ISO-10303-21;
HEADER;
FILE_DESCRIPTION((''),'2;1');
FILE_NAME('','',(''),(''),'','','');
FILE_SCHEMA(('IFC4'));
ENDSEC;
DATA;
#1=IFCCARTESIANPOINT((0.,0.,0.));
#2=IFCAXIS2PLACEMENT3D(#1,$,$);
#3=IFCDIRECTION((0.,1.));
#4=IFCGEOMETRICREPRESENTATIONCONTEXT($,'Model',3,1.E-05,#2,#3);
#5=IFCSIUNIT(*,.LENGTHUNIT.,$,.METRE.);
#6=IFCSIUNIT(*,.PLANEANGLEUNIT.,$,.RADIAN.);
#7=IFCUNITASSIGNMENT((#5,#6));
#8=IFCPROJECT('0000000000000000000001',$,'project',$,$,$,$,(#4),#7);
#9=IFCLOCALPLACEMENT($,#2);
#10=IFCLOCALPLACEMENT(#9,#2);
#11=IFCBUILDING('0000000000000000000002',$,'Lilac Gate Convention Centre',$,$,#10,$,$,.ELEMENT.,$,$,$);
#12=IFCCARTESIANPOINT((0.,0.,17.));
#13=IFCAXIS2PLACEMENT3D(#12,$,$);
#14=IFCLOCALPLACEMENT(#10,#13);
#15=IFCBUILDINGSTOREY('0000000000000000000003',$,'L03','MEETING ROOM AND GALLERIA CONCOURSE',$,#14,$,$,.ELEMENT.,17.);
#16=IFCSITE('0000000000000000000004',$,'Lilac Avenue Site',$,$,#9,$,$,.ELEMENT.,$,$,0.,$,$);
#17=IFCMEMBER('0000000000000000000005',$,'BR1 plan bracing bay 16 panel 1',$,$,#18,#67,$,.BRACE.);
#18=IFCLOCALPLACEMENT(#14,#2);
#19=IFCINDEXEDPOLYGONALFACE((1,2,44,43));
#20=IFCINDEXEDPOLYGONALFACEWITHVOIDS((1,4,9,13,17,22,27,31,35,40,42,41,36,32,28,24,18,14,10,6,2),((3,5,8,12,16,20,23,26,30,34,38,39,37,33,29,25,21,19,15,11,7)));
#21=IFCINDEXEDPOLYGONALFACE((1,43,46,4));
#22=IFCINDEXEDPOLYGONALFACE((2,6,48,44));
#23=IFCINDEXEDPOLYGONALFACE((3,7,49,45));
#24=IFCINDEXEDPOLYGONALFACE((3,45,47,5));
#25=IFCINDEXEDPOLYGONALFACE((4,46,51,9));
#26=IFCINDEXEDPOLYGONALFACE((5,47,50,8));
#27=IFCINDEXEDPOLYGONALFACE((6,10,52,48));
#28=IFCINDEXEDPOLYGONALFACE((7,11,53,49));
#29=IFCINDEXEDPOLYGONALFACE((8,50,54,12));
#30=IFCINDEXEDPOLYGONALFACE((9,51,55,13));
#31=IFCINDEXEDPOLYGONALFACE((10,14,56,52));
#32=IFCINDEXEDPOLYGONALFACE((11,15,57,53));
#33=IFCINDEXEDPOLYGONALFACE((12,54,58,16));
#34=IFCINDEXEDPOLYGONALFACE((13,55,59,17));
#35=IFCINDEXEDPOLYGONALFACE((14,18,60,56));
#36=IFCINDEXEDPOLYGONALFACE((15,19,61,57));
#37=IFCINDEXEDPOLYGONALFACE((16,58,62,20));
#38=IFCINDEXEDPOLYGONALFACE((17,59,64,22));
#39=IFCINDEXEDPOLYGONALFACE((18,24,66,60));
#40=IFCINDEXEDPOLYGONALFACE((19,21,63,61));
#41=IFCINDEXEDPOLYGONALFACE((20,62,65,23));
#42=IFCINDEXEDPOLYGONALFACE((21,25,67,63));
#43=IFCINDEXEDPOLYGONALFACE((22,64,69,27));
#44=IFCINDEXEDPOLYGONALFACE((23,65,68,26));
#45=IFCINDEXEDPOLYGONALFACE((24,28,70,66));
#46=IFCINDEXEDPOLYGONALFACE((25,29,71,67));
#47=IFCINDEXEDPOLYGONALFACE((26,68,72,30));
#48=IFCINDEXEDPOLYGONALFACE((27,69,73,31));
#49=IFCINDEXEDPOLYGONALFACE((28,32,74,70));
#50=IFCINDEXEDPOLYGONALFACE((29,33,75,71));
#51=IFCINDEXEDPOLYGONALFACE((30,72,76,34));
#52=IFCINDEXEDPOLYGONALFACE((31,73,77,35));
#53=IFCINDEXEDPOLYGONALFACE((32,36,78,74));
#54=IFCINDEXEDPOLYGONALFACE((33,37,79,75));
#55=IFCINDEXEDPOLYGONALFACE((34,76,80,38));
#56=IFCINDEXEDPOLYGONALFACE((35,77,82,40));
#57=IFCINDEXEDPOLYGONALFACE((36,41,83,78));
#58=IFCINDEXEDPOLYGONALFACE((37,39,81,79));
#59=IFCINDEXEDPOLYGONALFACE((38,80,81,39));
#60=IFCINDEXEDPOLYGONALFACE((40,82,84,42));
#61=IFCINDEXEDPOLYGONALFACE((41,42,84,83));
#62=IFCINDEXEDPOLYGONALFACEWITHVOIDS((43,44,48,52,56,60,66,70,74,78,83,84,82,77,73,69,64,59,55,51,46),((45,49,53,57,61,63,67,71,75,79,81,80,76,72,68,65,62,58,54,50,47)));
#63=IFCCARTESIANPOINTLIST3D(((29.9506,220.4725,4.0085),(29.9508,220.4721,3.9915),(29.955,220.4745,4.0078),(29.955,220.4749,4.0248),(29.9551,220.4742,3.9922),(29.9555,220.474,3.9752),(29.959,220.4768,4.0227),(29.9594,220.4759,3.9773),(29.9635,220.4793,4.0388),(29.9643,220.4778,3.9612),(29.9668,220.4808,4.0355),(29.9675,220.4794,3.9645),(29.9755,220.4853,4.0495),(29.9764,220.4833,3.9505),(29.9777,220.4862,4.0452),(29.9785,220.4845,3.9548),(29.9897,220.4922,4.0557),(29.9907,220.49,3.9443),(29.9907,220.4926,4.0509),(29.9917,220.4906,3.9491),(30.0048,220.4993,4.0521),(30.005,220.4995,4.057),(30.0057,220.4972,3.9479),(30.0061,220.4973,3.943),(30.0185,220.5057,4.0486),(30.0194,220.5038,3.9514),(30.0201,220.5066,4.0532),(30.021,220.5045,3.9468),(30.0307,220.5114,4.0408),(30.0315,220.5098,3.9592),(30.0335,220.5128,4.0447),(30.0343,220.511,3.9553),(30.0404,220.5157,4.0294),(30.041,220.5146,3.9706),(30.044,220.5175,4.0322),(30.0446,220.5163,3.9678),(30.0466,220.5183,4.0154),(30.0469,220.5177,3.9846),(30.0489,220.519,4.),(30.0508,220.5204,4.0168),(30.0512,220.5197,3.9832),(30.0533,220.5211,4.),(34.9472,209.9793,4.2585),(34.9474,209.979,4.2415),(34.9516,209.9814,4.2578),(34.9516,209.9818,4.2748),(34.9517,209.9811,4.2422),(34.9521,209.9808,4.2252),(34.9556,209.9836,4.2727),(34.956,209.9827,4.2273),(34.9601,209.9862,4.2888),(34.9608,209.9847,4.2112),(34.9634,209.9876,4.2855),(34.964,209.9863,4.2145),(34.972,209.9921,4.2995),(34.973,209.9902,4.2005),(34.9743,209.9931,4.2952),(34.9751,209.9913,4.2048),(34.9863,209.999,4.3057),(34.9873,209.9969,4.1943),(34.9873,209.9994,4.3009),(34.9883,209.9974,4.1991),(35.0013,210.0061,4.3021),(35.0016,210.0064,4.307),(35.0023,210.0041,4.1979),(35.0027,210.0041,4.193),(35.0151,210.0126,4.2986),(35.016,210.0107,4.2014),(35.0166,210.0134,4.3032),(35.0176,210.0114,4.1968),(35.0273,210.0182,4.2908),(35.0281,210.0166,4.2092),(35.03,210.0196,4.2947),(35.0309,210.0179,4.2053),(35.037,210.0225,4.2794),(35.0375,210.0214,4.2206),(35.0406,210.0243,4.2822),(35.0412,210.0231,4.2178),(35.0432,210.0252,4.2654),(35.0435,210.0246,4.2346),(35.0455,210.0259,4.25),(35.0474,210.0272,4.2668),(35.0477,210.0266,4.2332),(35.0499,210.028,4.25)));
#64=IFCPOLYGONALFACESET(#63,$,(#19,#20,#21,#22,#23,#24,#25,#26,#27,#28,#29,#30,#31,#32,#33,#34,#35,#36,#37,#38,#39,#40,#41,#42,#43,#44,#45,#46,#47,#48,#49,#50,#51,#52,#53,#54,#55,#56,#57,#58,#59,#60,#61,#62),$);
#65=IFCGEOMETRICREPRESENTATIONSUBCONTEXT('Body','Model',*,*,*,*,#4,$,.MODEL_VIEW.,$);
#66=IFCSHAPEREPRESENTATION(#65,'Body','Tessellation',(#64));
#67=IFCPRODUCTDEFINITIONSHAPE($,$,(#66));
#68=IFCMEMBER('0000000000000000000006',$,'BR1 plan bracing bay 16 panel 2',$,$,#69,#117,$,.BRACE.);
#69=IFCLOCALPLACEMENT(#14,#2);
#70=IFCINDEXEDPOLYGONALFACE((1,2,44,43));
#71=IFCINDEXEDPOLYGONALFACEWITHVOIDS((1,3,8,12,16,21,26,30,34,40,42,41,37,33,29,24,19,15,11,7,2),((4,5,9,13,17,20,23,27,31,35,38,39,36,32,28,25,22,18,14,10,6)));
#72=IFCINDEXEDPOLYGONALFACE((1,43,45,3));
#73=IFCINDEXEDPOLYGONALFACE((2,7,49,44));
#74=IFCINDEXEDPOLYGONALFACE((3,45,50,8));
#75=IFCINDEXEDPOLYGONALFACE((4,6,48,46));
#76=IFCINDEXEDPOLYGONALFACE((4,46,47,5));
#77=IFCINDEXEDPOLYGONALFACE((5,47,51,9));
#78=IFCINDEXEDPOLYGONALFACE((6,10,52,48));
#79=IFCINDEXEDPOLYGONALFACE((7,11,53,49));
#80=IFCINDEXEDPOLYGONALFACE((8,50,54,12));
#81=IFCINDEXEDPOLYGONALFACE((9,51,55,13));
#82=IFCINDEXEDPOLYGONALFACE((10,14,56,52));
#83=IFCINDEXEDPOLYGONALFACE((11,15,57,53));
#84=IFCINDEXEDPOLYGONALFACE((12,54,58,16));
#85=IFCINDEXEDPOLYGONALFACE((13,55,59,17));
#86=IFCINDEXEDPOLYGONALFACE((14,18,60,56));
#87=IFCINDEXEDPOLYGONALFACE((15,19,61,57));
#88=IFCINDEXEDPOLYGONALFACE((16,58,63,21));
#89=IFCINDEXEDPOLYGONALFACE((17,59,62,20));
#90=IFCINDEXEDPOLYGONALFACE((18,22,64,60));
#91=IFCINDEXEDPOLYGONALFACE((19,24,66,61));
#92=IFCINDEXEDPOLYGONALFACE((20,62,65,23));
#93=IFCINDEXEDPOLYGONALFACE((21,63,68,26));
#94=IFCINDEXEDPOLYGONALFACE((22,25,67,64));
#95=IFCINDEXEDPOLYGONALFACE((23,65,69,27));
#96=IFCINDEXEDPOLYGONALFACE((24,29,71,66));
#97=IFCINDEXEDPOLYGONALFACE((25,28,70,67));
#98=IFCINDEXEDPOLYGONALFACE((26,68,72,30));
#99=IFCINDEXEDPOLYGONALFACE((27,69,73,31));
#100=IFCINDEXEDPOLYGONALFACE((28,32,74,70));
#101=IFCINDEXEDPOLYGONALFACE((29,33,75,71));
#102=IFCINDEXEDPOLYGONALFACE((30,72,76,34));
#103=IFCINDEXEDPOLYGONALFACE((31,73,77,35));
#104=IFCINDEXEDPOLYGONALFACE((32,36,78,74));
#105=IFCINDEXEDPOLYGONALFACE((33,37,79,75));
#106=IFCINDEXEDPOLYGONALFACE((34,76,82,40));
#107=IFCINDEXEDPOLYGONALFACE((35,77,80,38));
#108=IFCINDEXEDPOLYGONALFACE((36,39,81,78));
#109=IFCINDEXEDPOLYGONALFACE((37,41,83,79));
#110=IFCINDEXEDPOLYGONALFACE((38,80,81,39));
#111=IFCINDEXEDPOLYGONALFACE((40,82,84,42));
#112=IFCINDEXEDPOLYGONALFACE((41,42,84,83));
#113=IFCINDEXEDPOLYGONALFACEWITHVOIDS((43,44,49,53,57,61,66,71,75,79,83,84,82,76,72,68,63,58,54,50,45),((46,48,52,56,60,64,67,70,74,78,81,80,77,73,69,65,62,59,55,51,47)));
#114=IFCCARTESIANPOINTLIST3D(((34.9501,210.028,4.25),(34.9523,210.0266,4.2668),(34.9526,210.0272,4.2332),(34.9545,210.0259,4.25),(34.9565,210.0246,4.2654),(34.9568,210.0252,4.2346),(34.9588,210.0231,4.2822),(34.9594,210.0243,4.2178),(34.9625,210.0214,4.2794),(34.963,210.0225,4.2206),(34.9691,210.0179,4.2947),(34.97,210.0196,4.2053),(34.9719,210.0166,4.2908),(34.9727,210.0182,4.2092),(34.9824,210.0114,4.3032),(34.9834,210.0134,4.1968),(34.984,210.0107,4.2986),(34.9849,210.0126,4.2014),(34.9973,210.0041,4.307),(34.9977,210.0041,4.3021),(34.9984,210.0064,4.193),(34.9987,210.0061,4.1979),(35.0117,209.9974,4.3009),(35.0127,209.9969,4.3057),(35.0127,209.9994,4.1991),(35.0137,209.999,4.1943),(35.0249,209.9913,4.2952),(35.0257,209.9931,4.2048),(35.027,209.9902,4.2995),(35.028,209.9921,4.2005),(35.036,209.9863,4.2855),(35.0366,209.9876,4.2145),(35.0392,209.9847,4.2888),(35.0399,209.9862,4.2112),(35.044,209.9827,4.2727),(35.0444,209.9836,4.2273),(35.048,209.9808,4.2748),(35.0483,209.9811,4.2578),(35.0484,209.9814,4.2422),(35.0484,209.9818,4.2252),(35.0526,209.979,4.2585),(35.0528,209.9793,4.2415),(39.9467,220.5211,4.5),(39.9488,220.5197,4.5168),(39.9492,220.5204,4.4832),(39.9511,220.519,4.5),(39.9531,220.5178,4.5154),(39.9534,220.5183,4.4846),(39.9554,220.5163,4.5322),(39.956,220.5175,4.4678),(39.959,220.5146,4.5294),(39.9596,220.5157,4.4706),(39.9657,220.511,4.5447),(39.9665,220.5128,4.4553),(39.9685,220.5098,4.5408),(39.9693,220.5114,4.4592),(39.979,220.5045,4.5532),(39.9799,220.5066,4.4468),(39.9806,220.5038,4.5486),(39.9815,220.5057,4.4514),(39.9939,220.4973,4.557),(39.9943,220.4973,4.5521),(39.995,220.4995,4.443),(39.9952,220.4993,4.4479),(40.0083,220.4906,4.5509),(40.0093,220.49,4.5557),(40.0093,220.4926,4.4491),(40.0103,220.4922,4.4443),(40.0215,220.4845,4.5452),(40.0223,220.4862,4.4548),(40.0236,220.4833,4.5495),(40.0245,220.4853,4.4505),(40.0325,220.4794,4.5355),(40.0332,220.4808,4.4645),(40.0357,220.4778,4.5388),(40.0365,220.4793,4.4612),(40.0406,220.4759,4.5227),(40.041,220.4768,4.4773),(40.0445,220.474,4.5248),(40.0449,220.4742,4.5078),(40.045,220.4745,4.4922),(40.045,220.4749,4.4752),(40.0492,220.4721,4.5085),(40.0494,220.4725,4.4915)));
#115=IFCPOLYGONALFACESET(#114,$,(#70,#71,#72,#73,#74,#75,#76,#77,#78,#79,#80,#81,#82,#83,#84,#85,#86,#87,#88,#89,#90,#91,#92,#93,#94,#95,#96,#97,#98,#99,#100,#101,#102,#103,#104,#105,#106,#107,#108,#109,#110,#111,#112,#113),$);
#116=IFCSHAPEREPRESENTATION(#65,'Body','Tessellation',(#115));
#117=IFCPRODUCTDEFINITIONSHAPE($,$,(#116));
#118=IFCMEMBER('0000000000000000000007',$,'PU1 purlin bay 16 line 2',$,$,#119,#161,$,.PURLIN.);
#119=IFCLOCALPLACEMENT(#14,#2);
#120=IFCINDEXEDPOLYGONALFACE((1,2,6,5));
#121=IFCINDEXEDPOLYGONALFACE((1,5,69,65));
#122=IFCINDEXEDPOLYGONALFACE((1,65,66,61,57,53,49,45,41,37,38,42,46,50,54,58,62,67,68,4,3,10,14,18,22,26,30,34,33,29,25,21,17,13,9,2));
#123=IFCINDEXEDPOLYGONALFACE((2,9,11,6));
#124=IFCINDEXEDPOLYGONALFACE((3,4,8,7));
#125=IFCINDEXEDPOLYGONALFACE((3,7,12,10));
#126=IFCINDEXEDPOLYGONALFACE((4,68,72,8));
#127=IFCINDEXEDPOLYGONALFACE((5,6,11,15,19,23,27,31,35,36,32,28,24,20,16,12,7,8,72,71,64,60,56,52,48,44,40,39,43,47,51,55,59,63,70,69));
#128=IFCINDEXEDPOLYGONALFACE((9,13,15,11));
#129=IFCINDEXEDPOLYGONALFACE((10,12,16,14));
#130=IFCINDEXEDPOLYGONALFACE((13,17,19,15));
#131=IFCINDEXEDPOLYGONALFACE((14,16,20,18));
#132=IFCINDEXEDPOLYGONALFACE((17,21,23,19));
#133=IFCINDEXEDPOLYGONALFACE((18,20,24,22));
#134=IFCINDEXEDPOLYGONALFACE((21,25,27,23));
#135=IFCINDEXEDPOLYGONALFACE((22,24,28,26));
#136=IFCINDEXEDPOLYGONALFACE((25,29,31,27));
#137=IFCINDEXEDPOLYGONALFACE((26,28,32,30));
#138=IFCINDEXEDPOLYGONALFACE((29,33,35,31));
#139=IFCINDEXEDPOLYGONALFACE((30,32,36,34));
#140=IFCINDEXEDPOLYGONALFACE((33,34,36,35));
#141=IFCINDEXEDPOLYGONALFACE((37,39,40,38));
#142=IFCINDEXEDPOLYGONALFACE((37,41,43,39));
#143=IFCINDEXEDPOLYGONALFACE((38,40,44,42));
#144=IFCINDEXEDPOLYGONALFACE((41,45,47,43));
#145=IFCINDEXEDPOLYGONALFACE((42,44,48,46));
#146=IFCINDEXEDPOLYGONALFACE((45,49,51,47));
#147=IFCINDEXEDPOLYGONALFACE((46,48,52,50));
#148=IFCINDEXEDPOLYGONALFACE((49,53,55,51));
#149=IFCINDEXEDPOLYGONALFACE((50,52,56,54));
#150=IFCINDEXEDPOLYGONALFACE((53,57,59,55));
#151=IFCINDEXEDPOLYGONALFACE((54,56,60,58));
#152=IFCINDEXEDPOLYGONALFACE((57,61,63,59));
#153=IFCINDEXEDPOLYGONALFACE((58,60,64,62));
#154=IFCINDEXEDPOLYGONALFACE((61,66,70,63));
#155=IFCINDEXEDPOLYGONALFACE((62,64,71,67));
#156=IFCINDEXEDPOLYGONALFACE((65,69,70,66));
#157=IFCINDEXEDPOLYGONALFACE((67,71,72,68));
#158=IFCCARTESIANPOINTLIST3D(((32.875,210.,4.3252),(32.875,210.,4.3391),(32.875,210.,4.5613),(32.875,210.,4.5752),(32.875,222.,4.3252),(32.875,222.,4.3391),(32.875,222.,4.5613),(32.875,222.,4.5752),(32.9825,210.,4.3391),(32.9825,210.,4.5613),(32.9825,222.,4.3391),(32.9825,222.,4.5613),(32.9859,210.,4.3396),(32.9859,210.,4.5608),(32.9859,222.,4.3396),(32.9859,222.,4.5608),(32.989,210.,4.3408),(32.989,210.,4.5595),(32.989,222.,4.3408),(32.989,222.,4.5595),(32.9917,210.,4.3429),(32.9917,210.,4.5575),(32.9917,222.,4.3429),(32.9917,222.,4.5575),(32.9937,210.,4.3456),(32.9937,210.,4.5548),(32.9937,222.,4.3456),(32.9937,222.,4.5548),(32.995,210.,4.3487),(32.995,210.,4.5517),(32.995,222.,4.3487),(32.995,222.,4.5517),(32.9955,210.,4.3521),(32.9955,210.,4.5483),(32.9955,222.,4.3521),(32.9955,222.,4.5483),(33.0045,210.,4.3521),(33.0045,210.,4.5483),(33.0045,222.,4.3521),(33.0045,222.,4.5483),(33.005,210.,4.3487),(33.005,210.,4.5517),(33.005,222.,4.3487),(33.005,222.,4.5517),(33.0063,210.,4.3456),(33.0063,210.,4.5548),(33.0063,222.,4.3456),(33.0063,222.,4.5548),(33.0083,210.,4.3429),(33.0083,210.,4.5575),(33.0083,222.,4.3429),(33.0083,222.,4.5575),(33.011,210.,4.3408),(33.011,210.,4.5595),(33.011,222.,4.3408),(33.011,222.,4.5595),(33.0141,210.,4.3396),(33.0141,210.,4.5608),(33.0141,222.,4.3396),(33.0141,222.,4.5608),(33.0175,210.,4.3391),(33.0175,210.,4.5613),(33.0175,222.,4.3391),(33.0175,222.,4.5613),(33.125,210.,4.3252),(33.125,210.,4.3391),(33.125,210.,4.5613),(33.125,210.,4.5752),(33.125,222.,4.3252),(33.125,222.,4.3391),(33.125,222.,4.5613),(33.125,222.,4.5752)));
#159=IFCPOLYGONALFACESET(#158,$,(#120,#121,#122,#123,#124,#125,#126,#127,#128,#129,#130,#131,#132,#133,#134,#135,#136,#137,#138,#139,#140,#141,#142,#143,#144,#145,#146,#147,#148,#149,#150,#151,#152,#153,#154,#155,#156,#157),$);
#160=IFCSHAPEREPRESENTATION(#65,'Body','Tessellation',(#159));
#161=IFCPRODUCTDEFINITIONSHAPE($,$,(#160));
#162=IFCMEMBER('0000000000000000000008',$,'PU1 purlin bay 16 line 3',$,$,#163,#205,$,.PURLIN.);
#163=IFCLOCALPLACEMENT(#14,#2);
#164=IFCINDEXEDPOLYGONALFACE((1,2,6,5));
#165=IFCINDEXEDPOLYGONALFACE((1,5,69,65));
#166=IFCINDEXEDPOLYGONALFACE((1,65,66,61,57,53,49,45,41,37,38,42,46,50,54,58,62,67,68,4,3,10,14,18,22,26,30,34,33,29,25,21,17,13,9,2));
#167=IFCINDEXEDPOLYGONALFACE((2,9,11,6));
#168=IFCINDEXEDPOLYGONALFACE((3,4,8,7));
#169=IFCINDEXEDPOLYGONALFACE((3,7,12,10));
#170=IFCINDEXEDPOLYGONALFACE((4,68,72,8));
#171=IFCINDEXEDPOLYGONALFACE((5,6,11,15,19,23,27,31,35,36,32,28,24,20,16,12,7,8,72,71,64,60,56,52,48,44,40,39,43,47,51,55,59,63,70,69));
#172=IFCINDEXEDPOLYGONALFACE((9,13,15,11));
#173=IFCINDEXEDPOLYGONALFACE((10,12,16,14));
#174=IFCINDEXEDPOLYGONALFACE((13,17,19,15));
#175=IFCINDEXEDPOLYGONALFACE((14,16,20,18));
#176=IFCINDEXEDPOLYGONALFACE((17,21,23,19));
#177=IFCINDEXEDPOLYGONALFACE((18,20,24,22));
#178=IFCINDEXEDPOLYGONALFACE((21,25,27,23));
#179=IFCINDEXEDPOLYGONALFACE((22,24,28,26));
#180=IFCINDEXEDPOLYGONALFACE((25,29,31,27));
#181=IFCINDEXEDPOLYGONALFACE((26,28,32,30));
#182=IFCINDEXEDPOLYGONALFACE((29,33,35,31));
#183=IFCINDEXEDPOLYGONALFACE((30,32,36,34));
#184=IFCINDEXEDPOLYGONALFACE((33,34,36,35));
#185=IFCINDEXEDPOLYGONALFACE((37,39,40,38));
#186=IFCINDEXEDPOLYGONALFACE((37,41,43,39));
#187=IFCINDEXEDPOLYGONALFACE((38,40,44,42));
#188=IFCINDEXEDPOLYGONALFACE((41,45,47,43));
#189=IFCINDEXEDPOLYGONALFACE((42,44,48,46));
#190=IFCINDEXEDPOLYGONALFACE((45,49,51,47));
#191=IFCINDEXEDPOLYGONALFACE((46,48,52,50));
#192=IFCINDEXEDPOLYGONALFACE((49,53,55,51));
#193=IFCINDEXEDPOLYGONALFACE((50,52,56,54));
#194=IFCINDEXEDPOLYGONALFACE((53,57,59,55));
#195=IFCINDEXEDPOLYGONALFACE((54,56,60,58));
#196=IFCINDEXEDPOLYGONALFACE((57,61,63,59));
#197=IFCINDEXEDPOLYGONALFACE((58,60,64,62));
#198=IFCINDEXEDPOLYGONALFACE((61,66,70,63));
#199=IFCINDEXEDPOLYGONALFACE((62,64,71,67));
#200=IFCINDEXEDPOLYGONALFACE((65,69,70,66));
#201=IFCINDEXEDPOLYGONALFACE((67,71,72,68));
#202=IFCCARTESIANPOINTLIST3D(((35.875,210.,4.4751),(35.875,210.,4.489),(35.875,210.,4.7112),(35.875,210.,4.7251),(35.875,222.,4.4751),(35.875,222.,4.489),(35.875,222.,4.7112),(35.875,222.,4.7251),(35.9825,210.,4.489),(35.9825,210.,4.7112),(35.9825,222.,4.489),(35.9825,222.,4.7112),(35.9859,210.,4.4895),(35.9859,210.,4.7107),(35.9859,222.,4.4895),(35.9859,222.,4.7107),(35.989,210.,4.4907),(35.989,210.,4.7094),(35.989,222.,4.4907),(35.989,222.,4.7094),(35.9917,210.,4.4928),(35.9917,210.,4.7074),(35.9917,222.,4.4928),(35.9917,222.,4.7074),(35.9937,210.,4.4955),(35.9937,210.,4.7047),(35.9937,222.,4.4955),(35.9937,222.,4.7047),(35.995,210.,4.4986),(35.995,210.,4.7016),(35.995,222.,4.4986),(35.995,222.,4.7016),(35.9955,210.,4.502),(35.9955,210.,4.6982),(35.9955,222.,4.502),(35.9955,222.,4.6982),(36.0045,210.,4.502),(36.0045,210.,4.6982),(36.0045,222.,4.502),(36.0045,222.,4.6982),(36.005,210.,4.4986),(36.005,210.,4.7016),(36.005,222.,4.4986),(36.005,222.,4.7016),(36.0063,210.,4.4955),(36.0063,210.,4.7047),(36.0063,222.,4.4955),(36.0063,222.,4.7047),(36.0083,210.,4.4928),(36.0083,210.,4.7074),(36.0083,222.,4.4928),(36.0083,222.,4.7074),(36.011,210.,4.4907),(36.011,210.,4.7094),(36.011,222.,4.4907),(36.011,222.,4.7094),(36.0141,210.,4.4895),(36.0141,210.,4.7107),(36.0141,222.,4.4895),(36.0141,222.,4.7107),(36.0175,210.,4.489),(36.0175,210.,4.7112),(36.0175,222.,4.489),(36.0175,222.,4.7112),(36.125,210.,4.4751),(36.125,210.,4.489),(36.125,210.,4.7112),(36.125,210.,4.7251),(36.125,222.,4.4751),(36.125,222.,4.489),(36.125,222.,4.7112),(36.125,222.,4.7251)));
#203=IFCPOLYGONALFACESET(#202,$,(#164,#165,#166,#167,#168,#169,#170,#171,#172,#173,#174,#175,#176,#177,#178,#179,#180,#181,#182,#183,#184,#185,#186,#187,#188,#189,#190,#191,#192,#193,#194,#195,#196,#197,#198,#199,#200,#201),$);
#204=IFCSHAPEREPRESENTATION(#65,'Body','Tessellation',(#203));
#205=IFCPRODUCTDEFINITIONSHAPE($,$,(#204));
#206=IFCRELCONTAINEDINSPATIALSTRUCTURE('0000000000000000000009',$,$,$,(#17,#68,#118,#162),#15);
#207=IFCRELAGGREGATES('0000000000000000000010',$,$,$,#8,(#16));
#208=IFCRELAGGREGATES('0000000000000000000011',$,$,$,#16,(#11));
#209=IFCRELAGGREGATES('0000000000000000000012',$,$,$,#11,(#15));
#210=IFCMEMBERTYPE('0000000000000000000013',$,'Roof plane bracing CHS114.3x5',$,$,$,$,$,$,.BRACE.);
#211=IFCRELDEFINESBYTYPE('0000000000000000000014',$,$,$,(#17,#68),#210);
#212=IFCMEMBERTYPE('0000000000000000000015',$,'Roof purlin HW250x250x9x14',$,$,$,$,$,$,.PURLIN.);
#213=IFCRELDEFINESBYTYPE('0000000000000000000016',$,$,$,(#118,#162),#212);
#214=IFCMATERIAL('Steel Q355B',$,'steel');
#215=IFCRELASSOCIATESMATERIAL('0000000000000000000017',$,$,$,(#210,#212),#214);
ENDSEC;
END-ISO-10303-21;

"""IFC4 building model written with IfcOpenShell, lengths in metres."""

from ifc_helpers import new_model, si_unit, direction, frame, origin, origin_2d, place, context, subcontext, project, spatial, hollow_circle, i_section, extrude, material, material_profile, profile_set, type_object, element, save


model = new_model("IFC4")

# Units and contexts
model_context = context("Model", 3, precision=1e-05, world=origin(), true_north=direction((0.0, 1.0)))
body_context = subcontext(model_context, "Body", "Model", "MODEL_VIEW")
ifc_project = project(units=[si_unit("LENGTHUNIT", "METRE"), si_unit("PLANEANGLEUNIT", "RADIAN")], contexts=[model_context])

# Site, building, storey
site_placement = place(None, origin())
site = spatial("IfcSite", under=ifc_project, at=site_placement, Name="Lilac Avenue Site", CompositionType="ELEMENT", RefElevation=0.0)
building_placement = place(site_placement, origin())
building = spatial("IfcBuilding", under=site, at=building_placement, Name="Lilac Gate Convention Centre", CompositionType="ELEMENT")
storey_placement = place(building_placement, frame((0.0, 0.0, 17.0)))
storey = spatial("IfcBuildingStorey", under=building, at=storey_placement, Name="L03", Description="MEETING ROOM AND GALLERIA CONCOURSE", CompositionType="ELEMENT", Elevation=17.0)

# Members
ifc_material = material(Name="Steel Q355B", Category="steel")
ifc_material_profile_1 = material_profile(ifc_material, hollow_circle(Radius=0.0571, WallThickness=0.0049, at=origin_2d()), Name="CHS114.3x5")
ifc_profile_set_1 = profile_set([ifc_material_profile_1], Name="Steel Q355B")
member_type_1 = type_object("IfcMemberType", Name="Roof plane bracing CHS114.3x5", PredefinedType="BRACE", material=ifc_profile_set_1)
for number, where, z_axis, x_axis, name in (
    (1, (30.0017, 220.4966, 4.0), (0.429823, -0.902657, 0.021506), (0.902866, 0.429922, 0.0), "BR1 plan bracing bay 16 panel 1"),
    (2, (35.0017, 210.0034, 4.25), (0.429823, 0.902657, 0.021506), (-0.902866, 0.429922, 0.0), "BR1 plan bracing bay 16 panel 2"),
):
    element("IfcMember", number, at=place(storey_placement, frame(where, z_axis=z_axis, x_axis=x_axis)), inside=storey, type_object=member_type_1, Name=name, PredefinedType="BRACE", context=body_context, shape_type="SweptSolid", body=[
        extrude(hollow_circle(Radius=0.0571, WallThickness=0.0049, at=origin_2d()), origin(), (0.0, 0.0, 1.0), 11.6248),
    ])
ifc_material_profile_2 = material_profile(ifc_material, i_section(OverallWidth=0.25, OverallDepth=0.25, WebThickness=0.009, FlangeThickness=0.0139, FilletRadius=0.0129, at=origin_2d()), Name="HW250x250x9x14")
ifc_profile_set_2 = profile_set([ifc_material_profile_2], Name="Steel Q355B")
member_type_2 = type_object("IfcMemberType", Name="Roof purlin HW250x250x9x14", PredefinedType="PURLIN", material=ifc_profile_set_2)
for number, where, z_axis, x_axis, name in (
    (3, (33.0, 210.0, 4.4502), (0.0, 1.0, 0.0), (-1.0, 0.0, 0.0), "PU1 purlin bay 16 line 2"),
    (4, (36.0, 210.0, 4.6001), (0.0, 1.0, 0.0), (-1.0, 0.0, 0.0), "PU1 purlin bay 16 line 3"),
):
    element("IfcMember", number, at=place(storey_placement, frame(where, z_axis=z_axis, x_axis=x_axis)), inside=storey, type_object=member_type_2, Name=name, PredefinedType="PURLIN", context=body_context, shape_type="SweptSolid", body=[
        extrude(i_section(OverallWidth=0.25, OverallDepth=0.25, WebThickness=0.009, FlangeThickness=0.0139, FilletRadius=0.0129, at=origin_2d()), origin(), (0.0, 0.0, 1.0), 12.0),
    ])

save(model, "model.ifc")
